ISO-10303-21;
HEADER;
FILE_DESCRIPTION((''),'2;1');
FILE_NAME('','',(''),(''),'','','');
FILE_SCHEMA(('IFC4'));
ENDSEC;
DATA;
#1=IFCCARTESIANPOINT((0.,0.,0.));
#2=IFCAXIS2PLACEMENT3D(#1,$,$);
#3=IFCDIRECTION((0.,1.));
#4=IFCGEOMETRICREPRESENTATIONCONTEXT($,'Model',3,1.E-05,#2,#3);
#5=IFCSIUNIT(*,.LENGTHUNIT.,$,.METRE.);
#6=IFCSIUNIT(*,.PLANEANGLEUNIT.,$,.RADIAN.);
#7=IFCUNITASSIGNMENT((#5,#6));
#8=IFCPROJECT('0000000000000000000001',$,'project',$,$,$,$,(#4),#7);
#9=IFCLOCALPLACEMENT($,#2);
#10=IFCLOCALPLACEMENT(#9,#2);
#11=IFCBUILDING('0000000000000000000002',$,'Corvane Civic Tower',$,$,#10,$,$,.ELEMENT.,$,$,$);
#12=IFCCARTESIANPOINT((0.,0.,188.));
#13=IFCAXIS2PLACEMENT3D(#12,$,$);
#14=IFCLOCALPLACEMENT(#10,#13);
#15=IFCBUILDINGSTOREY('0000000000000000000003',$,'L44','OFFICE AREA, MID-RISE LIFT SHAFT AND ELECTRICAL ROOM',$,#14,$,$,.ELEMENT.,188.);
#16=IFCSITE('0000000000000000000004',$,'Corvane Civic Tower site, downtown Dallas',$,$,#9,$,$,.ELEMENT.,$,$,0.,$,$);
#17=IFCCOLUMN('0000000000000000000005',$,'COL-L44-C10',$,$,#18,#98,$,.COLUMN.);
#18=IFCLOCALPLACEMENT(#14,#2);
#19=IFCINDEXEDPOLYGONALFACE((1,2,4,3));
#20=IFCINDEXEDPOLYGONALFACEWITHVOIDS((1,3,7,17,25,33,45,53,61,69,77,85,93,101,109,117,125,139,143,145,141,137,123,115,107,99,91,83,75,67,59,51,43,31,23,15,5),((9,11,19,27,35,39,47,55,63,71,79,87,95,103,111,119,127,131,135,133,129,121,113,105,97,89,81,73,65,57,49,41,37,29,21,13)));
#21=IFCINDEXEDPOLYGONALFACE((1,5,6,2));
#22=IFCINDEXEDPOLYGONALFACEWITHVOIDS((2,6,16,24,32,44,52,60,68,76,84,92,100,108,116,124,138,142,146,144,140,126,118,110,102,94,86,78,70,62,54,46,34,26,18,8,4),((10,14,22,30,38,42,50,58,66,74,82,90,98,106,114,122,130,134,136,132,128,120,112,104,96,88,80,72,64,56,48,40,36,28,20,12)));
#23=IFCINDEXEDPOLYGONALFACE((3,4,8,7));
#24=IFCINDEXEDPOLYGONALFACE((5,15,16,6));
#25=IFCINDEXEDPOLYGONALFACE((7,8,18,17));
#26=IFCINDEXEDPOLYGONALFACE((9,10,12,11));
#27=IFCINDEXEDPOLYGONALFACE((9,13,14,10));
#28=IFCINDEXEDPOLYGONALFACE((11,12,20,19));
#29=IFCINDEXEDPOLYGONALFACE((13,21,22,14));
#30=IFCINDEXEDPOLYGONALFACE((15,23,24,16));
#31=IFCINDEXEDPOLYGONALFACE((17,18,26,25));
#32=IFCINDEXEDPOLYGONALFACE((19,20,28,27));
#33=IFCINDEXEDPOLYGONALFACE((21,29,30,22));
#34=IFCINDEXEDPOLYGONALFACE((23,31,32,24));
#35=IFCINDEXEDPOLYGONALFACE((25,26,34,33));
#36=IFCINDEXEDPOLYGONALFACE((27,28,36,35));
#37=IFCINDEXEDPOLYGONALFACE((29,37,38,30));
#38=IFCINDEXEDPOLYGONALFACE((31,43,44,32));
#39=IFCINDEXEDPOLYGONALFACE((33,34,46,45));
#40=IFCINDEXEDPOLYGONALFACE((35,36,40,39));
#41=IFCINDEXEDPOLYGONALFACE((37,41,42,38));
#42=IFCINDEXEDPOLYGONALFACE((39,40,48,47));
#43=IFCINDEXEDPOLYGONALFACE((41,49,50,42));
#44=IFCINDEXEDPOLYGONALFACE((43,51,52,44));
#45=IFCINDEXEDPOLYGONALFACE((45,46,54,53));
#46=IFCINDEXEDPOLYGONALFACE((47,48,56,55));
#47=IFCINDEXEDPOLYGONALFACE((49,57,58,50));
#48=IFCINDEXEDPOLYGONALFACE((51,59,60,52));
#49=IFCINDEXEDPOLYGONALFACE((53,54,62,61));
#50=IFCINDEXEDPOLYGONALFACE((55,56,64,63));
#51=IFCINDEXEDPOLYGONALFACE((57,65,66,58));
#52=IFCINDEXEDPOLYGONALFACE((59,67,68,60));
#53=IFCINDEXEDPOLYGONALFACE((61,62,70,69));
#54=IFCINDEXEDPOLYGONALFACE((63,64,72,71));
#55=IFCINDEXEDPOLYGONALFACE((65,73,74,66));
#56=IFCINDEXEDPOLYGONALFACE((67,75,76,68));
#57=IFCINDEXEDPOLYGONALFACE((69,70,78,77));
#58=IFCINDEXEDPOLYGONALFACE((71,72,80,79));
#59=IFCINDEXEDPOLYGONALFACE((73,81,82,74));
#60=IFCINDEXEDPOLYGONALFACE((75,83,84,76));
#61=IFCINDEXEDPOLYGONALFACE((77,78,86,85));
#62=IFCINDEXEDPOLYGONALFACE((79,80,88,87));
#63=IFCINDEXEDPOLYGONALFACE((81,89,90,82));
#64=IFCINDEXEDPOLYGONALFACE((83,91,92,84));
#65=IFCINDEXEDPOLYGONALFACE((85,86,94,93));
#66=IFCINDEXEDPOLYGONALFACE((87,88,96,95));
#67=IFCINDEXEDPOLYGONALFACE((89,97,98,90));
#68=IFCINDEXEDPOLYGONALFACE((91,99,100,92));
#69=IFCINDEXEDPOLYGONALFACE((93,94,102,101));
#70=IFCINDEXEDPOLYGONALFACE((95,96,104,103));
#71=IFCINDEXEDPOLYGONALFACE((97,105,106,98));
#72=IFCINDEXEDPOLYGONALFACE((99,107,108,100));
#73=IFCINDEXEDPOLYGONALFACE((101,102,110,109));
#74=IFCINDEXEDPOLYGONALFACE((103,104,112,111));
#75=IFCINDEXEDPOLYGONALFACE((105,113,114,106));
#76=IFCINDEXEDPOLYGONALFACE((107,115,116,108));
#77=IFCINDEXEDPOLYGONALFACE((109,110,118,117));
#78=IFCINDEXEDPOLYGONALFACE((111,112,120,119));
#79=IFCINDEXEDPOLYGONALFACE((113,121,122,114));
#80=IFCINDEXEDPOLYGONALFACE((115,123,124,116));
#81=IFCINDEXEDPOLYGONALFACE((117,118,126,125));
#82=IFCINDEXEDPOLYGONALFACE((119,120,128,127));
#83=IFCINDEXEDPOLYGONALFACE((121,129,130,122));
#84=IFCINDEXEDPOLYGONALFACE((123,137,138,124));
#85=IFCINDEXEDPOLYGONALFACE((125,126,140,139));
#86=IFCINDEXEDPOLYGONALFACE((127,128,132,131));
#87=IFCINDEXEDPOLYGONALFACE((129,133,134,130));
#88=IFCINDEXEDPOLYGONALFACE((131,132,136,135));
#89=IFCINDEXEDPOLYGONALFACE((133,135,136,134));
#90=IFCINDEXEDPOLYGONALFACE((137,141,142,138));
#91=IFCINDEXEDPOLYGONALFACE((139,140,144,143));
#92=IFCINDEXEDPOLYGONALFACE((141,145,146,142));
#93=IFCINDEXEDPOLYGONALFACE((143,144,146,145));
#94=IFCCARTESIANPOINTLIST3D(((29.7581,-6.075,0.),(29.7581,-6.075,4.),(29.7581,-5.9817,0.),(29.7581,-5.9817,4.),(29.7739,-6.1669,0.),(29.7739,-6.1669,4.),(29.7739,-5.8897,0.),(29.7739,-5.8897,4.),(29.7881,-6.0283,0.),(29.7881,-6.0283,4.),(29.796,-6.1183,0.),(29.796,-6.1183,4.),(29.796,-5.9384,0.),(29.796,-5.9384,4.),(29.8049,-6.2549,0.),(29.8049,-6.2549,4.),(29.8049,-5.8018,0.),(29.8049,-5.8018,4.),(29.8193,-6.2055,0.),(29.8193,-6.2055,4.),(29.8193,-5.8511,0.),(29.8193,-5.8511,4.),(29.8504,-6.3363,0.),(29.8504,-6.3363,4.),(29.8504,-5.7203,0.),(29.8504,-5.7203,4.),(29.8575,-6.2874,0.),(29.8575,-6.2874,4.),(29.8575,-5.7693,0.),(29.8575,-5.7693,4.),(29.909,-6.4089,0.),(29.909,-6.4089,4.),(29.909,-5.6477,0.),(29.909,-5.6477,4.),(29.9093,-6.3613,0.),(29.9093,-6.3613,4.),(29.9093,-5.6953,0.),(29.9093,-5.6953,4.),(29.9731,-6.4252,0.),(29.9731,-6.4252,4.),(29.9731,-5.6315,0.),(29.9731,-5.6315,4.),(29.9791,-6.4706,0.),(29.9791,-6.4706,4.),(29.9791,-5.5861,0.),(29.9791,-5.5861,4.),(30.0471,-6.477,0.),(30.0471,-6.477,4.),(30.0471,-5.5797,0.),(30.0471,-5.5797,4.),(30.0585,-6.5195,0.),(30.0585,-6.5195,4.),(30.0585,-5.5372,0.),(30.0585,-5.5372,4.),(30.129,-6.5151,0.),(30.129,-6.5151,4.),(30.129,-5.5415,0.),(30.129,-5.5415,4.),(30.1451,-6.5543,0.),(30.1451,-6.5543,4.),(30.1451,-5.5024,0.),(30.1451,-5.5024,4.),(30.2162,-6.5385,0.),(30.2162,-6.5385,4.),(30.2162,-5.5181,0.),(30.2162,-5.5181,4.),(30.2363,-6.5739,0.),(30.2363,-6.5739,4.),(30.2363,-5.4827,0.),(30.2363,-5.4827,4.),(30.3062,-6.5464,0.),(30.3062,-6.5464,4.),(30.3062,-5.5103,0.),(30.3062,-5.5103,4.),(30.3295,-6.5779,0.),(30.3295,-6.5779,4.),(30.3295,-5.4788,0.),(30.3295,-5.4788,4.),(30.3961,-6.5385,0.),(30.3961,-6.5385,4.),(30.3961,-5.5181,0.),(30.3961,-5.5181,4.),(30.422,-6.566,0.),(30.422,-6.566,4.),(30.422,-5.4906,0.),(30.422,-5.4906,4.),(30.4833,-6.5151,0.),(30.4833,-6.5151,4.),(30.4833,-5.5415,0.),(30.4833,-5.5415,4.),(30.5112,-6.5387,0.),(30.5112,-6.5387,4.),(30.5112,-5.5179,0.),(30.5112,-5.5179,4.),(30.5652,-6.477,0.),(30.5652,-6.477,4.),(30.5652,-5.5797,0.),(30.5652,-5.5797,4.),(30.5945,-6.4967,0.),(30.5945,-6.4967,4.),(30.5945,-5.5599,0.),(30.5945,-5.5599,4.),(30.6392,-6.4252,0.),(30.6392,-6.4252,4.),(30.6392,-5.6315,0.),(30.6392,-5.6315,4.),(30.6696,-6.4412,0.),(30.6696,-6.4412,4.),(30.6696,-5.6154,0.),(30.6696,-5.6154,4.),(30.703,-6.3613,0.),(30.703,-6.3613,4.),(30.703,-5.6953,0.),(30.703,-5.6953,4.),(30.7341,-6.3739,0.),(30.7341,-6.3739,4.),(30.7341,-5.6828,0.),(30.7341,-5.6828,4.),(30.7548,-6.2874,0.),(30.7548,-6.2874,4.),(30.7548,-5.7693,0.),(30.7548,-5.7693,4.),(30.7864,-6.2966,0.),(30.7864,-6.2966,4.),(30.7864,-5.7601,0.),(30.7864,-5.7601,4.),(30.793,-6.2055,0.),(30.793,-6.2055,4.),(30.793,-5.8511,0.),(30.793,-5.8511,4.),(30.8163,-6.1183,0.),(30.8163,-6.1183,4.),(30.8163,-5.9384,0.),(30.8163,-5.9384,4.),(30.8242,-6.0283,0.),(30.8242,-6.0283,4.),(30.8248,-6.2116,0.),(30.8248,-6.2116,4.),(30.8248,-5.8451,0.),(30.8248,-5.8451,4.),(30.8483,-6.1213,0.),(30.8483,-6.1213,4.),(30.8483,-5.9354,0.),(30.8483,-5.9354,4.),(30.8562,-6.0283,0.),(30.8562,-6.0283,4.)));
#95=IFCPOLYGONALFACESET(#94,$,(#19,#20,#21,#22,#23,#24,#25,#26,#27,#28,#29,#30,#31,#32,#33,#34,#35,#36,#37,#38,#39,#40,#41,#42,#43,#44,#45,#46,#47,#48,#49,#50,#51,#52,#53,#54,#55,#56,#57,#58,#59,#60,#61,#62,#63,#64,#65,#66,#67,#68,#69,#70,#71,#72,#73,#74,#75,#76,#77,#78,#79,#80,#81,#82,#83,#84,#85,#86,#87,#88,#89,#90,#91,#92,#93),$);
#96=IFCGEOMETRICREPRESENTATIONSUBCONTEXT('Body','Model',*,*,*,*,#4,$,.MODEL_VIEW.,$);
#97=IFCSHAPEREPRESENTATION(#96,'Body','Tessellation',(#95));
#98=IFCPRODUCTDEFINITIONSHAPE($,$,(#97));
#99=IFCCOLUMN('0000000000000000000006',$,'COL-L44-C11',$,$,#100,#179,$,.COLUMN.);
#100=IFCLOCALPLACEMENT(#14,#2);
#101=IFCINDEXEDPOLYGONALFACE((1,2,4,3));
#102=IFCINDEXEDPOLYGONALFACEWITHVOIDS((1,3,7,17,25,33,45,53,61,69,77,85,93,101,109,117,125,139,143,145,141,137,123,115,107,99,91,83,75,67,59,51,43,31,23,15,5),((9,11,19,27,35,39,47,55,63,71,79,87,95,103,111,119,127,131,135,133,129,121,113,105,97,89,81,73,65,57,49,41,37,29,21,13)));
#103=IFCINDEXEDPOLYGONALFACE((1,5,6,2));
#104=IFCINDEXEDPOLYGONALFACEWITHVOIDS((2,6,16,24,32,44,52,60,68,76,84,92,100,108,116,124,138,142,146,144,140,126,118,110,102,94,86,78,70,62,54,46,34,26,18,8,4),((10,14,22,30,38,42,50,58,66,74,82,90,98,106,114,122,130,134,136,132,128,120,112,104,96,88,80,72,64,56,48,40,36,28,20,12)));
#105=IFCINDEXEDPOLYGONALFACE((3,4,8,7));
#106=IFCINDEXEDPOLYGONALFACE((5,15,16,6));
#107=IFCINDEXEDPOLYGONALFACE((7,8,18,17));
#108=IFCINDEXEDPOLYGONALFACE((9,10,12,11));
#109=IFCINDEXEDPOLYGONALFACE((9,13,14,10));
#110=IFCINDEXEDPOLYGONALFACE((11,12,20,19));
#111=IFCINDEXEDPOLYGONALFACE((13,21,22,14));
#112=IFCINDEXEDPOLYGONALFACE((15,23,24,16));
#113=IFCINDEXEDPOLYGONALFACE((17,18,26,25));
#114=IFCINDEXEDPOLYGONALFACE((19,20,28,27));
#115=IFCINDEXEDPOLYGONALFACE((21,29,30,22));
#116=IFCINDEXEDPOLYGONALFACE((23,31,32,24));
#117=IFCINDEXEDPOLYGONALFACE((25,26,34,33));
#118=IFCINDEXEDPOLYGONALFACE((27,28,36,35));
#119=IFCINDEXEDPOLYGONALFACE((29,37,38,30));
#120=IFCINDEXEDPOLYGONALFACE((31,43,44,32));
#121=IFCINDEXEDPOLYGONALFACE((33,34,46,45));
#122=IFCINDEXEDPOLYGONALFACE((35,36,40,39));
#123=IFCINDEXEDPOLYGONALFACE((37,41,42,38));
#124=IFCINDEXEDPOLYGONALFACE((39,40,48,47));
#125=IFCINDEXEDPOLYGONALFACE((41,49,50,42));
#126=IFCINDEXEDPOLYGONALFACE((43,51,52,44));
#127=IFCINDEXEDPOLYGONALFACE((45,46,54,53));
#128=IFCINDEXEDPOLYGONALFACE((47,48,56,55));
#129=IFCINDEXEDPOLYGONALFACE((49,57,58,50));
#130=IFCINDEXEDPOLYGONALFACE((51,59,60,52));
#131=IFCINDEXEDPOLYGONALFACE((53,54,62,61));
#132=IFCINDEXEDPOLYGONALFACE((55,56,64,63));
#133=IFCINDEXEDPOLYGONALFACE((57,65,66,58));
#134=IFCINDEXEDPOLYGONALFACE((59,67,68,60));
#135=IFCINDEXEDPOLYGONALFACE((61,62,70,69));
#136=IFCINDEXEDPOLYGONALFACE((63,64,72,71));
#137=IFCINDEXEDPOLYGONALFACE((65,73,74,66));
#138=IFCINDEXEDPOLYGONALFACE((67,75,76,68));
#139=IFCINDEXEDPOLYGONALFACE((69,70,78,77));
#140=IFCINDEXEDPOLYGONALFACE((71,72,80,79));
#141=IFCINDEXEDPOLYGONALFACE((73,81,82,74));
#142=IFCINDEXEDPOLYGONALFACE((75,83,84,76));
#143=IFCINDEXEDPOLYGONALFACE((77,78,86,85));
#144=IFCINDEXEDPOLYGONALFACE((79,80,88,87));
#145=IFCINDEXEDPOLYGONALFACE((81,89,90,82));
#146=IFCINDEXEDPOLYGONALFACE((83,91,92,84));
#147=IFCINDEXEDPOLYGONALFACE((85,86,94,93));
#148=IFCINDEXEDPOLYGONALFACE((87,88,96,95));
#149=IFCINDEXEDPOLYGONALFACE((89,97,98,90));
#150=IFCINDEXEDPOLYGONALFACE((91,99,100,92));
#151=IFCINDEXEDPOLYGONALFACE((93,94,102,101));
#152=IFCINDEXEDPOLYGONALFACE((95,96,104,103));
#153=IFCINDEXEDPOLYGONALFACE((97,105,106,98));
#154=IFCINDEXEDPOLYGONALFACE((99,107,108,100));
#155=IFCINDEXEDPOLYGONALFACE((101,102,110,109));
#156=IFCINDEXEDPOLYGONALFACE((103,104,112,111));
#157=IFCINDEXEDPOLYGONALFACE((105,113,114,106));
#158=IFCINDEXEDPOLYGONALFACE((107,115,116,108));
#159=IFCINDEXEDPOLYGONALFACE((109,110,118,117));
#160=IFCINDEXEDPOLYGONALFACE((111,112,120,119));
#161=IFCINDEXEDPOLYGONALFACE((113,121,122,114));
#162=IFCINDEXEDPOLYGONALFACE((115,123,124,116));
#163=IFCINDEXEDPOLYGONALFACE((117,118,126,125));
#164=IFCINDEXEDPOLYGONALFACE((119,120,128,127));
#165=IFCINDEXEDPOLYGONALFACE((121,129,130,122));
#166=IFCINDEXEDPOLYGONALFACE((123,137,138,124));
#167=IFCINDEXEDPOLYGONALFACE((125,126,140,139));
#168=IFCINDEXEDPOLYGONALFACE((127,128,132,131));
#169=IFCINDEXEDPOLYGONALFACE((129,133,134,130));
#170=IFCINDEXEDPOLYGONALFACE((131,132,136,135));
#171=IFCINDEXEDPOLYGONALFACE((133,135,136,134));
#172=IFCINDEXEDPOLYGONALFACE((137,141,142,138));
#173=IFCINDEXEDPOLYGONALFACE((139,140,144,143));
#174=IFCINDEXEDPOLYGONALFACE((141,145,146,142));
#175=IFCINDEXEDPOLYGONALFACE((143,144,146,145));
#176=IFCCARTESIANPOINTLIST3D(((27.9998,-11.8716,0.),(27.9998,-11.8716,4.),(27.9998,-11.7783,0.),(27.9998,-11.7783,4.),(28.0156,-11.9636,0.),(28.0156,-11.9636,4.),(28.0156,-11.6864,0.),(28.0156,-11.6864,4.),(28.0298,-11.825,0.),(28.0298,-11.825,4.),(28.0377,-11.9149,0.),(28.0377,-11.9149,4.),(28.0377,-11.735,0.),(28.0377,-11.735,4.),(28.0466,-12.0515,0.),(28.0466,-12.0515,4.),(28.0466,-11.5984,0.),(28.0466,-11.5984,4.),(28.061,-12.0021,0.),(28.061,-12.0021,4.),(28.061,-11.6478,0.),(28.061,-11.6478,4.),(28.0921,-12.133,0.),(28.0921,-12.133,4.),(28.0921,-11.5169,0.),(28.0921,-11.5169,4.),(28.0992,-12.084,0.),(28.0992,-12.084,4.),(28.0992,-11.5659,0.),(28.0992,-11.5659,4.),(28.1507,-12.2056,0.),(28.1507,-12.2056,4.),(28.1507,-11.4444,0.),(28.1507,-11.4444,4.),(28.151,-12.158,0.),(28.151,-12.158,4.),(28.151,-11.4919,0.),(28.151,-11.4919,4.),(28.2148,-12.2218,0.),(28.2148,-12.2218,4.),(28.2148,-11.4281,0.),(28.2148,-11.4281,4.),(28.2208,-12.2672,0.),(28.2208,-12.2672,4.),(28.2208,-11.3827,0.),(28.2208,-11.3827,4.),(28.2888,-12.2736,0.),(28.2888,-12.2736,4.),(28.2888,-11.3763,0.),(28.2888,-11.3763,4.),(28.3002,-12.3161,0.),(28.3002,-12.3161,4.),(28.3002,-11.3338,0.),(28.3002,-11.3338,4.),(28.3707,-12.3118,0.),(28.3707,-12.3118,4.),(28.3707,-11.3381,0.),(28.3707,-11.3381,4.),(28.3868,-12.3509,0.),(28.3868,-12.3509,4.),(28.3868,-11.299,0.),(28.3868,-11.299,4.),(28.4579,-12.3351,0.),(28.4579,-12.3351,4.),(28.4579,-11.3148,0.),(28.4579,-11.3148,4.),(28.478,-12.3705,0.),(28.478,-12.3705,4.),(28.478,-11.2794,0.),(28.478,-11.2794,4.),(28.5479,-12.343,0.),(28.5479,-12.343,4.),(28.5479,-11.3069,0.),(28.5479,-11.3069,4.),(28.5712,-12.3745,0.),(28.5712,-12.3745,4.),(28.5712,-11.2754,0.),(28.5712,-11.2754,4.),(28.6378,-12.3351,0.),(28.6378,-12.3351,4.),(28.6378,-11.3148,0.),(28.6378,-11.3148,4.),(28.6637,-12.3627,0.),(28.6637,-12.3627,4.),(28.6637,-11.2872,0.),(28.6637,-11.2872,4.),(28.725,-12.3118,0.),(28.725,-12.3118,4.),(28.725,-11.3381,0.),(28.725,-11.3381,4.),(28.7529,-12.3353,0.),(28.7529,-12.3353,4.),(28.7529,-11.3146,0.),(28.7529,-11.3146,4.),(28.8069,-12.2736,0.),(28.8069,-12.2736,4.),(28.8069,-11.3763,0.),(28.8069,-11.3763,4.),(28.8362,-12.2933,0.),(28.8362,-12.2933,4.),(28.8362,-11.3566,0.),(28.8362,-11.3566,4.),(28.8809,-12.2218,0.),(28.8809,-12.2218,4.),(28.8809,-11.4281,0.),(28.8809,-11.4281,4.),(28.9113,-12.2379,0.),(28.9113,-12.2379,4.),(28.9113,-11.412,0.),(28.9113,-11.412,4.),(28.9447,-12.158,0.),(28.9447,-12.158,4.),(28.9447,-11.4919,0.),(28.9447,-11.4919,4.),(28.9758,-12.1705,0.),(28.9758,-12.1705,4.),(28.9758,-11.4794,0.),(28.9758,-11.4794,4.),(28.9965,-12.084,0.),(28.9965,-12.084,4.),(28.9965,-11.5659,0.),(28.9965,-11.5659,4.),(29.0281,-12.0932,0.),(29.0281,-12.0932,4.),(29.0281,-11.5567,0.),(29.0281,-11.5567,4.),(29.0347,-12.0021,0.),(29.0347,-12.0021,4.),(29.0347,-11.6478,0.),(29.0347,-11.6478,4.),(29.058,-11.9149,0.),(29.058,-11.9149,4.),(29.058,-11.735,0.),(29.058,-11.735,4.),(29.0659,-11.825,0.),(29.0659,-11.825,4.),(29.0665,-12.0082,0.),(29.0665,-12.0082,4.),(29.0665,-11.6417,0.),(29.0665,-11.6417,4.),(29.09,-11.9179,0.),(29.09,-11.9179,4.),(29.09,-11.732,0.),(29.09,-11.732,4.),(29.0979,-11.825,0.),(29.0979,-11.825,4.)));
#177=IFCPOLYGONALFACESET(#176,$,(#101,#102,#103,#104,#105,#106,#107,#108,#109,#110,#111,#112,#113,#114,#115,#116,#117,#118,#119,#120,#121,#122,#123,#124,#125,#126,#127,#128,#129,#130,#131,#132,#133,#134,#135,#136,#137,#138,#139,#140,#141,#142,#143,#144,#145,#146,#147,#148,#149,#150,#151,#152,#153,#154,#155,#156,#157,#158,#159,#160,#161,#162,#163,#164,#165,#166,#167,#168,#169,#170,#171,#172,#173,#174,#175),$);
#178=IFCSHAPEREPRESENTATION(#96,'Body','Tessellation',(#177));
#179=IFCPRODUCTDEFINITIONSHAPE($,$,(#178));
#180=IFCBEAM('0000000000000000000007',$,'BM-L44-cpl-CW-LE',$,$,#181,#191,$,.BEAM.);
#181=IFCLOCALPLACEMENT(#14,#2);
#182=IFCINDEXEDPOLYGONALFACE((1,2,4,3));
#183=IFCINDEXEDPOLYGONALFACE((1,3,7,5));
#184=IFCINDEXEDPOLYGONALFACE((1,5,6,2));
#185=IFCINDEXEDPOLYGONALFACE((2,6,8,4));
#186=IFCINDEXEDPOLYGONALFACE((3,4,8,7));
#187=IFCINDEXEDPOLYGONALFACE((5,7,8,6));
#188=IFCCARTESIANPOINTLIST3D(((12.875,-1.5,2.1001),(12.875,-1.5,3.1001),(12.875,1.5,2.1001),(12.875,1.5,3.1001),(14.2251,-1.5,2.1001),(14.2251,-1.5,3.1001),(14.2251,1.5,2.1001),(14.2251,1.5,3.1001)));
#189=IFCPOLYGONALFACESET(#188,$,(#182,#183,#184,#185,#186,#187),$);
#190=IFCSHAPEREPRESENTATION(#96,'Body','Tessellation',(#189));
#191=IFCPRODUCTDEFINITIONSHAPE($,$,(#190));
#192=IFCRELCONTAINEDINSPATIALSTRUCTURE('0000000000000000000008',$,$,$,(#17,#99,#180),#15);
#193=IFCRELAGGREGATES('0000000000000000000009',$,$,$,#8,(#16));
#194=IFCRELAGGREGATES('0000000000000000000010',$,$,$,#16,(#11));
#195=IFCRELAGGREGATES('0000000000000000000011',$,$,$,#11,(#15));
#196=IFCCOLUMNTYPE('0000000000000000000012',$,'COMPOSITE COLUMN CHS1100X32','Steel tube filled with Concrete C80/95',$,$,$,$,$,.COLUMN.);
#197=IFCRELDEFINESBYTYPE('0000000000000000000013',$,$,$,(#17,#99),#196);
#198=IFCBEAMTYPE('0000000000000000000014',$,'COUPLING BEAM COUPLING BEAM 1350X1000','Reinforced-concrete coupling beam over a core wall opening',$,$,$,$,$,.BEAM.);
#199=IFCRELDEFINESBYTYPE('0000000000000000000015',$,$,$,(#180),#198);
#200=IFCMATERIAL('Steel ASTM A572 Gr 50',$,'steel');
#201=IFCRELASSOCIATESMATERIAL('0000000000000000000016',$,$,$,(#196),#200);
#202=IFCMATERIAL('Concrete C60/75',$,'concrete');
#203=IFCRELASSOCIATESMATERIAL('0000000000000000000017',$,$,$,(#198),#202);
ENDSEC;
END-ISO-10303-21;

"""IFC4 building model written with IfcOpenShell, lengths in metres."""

from ifc_helpers import new_model, si_unit, direction, frame, origin, origin_2d, place, context, subcontext, project, spatial, rectangle, hollow_circle, extrude, material, material_profile, profile_set, type_object, element, save


model = new_model("IFC4")

# Units and contexts
model_context = context("Model", 3, precision=1e-05, world=origin(), true_north=direction((0.0, 1.0)))
body_context = subcontext(model_context, "Body", "Model", "MODEL_VIEW")
ifc_project = project(units=[si_unit("LENGTHUNIT", "METRE"), si_unit("PLANEANGLEUNIT", "RADIAN")], contexts=[model_context])

# Site, building, storey
site_placement = place(None, origin())
site = spatial("IfcSite", under=ifc_project, at=site_placement, Name="Corvane Civic Tower site, downtown Dallas", CompositionType="ELEMENT", RefElevation=0.0)
building_placement = place(site_placement, origin())
building = spatial("IfcBuilding", under=site, at=building_placement, Name="Corvane Civic Tower", CompositionType="ELEMENT")
storey_placement = place(building_placement, frame((0.0, 0.0, 188.0)))
storey = spatial("IfcBuildingStorey", under=building, at=storey_placement, Name="L44", Description="OFFICE AREA, MID-RISE LIFT SHAFT AND ELECTRICAL ROOM", CompositionType="ELEMENT", Elevation=188.0)

# Columns
ifc_material_1 = material(Name="Steel ASTM A572 Gr 50", Category="steel")
ifc_material_profile_1 = material_profile(ifc_material_1, hollow_circle(Radius=0.55, WallThickness=0.032, at=origin_2d()), Name="CHS1100X32")
ifc_profile_set_1 = profile_set([ifc_material_profile_1], Name="Steel ASTM A572 Gr 50")
column_type = type_object("IfcColumnType", Name="COMPOSITE COLUMN CHS1100X32", Description="Steel tube filled with Concrete C80/95", PredefinedType="COLUMN", material=ifc_profile_set_1)
for number, where, z_axis, x_axis, name in (
    (1, (30.3062, -6.0283, 0.0), (0.0, 0.0, 1.0), (1.0, 0.0, 0.0), "COL-L44-C10"),
    (2, (28.5479, -11.825, 0.0), (0.0, 0.0, 1.0), (1.0, 0.0, 0.0), "COL-L44-C11"),
):
    element("IfcColumn", number, at=place(storey_placement, frame(where, z_axis=z_axis, x_axis=x_axis)), inside=storey, type_object=column_type, Name=name, PredefinedType="COLUMN", context=body_context, shape_type="SweptSolid", body=[
        extrude(hollow_circle(Radius=0.55, WallThickness=0.032, at=origin_2d()), origin(), (0.0, 0.0, 1.0), 4.0),
    ])

# Beam
ifc_material_2 = material(Name="Concrete C60/75", Category="concrete")
ifc_material_profile_2 = material_profile(ifc_material_2, rectangle(XDim=1.3501, YDim=1.0, at=origin_2d()), Name="COUPLING BEAM 1350X1000")
ifc_profile_set_2 = profile_set([ifc_material_profile_2], Name="Concrete C60/75")
beam_type_1 = type_object("IfcBeamType", Name="COUPLING BEAM COUPLING BEAM 1350X1000", Description="Reinforced-concrete coupling beam over a core wall opening", PredefinedType="BEAM", material=ifc_profile_set_2)
beam_1_placement = place(storey_placement, frame((13.55, -1.5, 2.6001), z_axis=(0.0, 1.0, 0.0), x_axis=(-1.0, 0.0, 0.0)))
element("IfcBeam", 3, at=beam_1_placement, inside=storey, type_object=beam_type_1, Name="BM-L44-cpl-CW-LE", PredefinedType="BEAM", context=body_context, shape_type="SweptSolid", body=[
    extrude(rectangle(XDim=1.3501, YDim=1.0, at=origin_2d()), origin(), (0.0, 0.0, 1.0), 3.0),
])

save(model, "model.ifc")
